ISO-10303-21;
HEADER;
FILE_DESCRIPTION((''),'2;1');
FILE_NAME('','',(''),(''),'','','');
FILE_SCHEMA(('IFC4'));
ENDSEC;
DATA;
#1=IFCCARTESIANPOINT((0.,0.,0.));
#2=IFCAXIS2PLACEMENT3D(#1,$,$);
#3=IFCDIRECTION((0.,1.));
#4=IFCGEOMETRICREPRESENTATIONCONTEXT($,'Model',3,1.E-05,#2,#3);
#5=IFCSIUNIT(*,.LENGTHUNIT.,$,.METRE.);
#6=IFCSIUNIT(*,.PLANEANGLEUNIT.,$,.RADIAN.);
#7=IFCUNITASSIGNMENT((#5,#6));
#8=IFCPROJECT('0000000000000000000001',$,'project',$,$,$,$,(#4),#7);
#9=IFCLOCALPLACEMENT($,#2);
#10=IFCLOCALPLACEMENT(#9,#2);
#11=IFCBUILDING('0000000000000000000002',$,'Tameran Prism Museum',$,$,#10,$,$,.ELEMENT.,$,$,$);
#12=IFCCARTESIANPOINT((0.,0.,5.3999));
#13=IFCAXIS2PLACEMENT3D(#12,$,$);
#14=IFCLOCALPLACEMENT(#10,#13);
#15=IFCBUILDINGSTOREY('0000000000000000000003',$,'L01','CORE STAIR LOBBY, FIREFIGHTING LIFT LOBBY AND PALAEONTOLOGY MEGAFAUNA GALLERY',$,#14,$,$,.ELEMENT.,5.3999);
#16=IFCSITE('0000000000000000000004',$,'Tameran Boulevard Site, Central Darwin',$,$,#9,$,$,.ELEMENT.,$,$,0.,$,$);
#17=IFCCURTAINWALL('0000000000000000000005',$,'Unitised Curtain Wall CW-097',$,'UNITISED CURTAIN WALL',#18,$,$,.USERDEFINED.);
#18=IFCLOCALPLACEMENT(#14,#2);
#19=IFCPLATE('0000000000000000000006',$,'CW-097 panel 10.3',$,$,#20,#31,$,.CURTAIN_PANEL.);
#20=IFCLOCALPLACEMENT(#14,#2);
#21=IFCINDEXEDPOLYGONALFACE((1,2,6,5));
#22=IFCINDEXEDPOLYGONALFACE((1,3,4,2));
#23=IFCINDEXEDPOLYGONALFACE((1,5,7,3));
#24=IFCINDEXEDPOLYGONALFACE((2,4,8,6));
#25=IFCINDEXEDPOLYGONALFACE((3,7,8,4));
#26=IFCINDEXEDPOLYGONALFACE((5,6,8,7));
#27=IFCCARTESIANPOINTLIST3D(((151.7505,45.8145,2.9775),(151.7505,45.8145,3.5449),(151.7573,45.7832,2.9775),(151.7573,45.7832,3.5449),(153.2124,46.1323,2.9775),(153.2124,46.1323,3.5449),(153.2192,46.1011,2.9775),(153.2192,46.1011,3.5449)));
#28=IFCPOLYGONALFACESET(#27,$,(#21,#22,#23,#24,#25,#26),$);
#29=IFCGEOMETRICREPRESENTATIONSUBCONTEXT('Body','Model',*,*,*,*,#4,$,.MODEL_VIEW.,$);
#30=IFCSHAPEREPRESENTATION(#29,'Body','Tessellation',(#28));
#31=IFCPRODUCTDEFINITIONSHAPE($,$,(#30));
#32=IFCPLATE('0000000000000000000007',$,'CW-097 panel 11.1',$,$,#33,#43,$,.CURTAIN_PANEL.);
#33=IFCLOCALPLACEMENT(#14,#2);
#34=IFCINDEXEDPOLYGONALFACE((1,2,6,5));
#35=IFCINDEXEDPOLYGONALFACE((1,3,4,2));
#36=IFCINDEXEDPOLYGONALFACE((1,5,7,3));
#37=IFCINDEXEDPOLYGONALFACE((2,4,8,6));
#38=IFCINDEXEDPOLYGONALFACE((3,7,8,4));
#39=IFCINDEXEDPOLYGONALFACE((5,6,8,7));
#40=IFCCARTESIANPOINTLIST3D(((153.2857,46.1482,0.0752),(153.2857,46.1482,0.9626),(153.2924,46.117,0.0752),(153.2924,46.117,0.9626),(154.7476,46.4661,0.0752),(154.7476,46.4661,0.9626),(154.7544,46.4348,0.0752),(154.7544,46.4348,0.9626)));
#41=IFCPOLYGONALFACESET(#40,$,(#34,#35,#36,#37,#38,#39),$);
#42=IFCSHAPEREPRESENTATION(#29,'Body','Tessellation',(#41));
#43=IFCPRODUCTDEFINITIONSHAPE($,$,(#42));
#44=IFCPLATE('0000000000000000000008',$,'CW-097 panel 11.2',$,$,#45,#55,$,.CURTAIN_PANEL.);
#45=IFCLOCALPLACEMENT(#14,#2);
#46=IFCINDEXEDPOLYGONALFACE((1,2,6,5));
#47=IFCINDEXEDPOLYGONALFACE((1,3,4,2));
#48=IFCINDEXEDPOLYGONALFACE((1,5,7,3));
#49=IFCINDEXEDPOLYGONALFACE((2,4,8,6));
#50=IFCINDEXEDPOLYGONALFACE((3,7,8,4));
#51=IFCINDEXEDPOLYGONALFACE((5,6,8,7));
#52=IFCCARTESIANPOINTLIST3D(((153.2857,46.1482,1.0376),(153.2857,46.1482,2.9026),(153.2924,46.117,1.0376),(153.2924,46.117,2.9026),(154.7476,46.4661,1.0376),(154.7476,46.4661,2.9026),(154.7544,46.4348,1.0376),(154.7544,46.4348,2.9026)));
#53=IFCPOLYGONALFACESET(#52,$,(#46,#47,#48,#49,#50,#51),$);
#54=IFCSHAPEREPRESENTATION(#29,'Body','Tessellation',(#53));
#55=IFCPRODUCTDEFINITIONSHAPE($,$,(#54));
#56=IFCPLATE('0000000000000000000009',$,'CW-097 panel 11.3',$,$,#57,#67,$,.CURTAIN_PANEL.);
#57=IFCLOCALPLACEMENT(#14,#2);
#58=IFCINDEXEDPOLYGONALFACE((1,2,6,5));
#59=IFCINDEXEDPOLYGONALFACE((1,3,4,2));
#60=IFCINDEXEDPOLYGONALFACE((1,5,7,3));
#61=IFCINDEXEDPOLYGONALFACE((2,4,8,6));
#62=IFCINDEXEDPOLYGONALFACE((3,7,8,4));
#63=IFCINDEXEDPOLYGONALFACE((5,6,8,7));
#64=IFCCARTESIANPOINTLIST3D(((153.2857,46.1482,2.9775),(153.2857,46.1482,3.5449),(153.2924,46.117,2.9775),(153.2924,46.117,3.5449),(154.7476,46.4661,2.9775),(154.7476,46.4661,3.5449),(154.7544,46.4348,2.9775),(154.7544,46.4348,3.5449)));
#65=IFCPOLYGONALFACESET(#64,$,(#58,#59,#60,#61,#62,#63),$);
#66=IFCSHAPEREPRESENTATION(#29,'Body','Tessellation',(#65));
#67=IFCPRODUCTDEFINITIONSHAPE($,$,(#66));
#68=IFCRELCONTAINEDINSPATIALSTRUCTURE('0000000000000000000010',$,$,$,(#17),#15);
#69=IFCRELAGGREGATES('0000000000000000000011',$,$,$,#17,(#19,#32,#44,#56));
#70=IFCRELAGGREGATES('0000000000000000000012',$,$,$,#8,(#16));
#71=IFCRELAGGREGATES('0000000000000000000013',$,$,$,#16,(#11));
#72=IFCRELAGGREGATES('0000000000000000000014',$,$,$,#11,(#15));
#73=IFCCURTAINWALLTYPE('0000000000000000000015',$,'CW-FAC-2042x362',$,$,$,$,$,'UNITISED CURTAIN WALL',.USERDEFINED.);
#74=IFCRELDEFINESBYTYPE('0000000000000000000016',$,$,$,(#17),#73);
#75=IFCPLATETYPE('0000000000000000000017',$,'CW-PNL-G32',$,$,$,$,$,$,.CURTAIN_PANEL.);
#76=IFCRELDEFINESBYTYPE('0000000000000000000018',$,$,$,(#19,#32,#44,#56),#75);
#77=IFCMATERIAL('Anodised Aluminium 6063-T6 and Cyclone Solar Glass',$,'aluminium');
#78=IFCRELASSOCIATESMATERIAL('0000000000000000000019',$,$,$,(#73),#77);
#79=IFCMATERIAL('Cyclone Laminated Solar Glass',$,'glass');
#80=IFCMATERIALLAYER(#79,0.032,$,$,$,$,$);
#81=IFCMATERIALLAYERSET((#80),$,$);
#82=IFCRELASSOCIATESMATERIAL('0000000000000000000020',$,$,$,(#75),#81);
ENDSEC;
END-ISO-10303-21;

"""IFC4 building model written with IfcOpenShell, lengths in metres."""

from ifc_helpers import new_model, si_unit, direction, frame, origin, origin_2d, place, context, subcontext, project, spatial, rectangle, extrude, material, layer, layer_set, type_object, element, aggregate, save


model = new_model("IFC4")

# Units and contexts
model_context = context("Model", 3, precision=1e-05, world=origin(), true_north=direction((0.0, 1.0)))
body_context = subcontext(model_context, "Body", "Model", "MODEL_VIEW")
ifc_project = project(units=[si_unit("LENGTHUNIT", "METRE"), si_unit("PLANEANGLEUNIT", "RADIAN")], contexts=[model_context])

# Site, building, storey
site_placement = place(None, origin())
site = spatial("IfcSite", under=ifc_project, at=site_placement, Name="Tameran Boulevard Site, Central Darwin", CompositionType="ELEMENT", RefElevation=0.0)
building_placement = place(site_placement, origin())
building = spatial("IfcBuilding", under=site, at=building_placement, Name="Tameran Prism Museum", CompositionType="ELEMENT")
storey_placement = place(building_placement, frame((0.0, 0.0, 5.3999)))
storey = spatial("IfcBuildingStorey", under=building, at=storey_placement, Name="L01", Description="CORE STAIR LOBBY, FIREFIGHTING LIFT LOBBY AND PALAEONTOLOGY MEGAFAUNA GALLERY", CompositionType="ELEMENT", Elevation=5.3999)

# Curtain wall, plates
ifc_material_1 = material(Name="Anodised Aluminium 6063-T6 and Cyclone Solar Glass", Category="aluminium")
curtain_wall_type = type_object("IfcCurtainWallType", Name="CW-FAC-2042x362", ElementType="UNITISED CURTAIN WALL", PredefinedType="USERDEFINED", material=ifc_material_1)
curtain_wall_placement = place(storey_placement, origin())
curtain_wall = element("IfcCurtainWall", 1, at=curtain_wall_placement, inside=storey, type_object=curtain_wall_type, Name="Unitised Curtain Wall CW-097", ObjectType="UNITISED CURTAIN WALL", PredefinedType="USERDEFINED")
ifc_material_2 = material(Name="Cyclone Laminated Solar Glass", Category="glass")
ifc_layer = layer(ifc_material_2, 0.032)
ifc_layer_set = layer_set([ifc_layer])
plate_type = type_object("IfcPlateType", Name="CW-PNL-G32", PredefinedType="CURTAIN_PANEL", material=ifc_layer_set)
plate_1_placement = place(storey_placement, frame((152.4849, 45.9578, 2.9775), z_axis=(0.0, 0.0, 1.0), x_axis=(0.977171, 0.212454, 0.0)))
plate_1 = element("IfcPlate", 2, at=plate_1_placement, type_object=plate_type, Name="CW-097 panel 10.3", PredefinedType="CURTAIN_PANEL", context=body_context, shape_type="SweptSolid", body=[
    extrude(rectangle(XDim=1.4961, YDim=0.032, at=origin_2d()), origin(), (0.0, 0.0, 1.0), 0.5674),
])
plate_2_placement = place(storey_placement, frame((154.02, 46.2915, 0.0752), z_axis=(0.0, 0.0, 1.0), x_axis=(0.977171, 0.212454, 0.0)))
plate_2 = element("IfcPlate", 3, at=plate_2_placement, type_object=plate_type, Name="CW-097 panel 11.1", PredefinedType="CURTAIN_PANEL", context=body_context, shape_type="SweptSolid", body=[
    extrude(rectangle(XDim=1.4961, YDim=0.032, at=origin_2d()), origin(), (0.0, 0.0, 1.0), 0.8875),
])
plate_3_placement = place(storey_placement, frame((154.02, 46.2915, 1.0376), z_axis=(0.0, 0.0, 1.0), x_axis=(0.977171, 0.212454, 0.0)))
plate_3 = element("IfcPlate", 4, at=plate_3_placement, type_object=plate_type, Name="CW-097 panel 11.2", PredefinedType="CURTAIN_PANEL", context=body_context, shape_type="SweptSolid", body=[
    extrude(rectangle(XDim=1.4961, YDim=0.032, at=origin_2d()), origin(), (0.0, 0.0, 1.0), 1.865),
])
plate_4_placement = place(storey_placement, frame((154.02, 46.2915, 2.9775), z_axis=(0.0, 0.0, 1.0), x_axis=(0.977171, 0.212454, 0.0)))
plate_4 = element("IfcPlate", 5, at=plate_4_placement, type_object=plate_type, Name="CW-097 panel 11.3", PredefinedType="CURTAIN_PANEL", context=body_context, shape_type="SweptSolid", body=[
    extrude(rectangle(XDim=1.4961, YDim=0.032, at=origin_2d()), origin(), (0.0, 0.0, 1.0), 0.5674),
])
aggregate(curtain_wall, [plate_1, plate_2, plate_3, plate_4])

save(model, "model.ifc")
